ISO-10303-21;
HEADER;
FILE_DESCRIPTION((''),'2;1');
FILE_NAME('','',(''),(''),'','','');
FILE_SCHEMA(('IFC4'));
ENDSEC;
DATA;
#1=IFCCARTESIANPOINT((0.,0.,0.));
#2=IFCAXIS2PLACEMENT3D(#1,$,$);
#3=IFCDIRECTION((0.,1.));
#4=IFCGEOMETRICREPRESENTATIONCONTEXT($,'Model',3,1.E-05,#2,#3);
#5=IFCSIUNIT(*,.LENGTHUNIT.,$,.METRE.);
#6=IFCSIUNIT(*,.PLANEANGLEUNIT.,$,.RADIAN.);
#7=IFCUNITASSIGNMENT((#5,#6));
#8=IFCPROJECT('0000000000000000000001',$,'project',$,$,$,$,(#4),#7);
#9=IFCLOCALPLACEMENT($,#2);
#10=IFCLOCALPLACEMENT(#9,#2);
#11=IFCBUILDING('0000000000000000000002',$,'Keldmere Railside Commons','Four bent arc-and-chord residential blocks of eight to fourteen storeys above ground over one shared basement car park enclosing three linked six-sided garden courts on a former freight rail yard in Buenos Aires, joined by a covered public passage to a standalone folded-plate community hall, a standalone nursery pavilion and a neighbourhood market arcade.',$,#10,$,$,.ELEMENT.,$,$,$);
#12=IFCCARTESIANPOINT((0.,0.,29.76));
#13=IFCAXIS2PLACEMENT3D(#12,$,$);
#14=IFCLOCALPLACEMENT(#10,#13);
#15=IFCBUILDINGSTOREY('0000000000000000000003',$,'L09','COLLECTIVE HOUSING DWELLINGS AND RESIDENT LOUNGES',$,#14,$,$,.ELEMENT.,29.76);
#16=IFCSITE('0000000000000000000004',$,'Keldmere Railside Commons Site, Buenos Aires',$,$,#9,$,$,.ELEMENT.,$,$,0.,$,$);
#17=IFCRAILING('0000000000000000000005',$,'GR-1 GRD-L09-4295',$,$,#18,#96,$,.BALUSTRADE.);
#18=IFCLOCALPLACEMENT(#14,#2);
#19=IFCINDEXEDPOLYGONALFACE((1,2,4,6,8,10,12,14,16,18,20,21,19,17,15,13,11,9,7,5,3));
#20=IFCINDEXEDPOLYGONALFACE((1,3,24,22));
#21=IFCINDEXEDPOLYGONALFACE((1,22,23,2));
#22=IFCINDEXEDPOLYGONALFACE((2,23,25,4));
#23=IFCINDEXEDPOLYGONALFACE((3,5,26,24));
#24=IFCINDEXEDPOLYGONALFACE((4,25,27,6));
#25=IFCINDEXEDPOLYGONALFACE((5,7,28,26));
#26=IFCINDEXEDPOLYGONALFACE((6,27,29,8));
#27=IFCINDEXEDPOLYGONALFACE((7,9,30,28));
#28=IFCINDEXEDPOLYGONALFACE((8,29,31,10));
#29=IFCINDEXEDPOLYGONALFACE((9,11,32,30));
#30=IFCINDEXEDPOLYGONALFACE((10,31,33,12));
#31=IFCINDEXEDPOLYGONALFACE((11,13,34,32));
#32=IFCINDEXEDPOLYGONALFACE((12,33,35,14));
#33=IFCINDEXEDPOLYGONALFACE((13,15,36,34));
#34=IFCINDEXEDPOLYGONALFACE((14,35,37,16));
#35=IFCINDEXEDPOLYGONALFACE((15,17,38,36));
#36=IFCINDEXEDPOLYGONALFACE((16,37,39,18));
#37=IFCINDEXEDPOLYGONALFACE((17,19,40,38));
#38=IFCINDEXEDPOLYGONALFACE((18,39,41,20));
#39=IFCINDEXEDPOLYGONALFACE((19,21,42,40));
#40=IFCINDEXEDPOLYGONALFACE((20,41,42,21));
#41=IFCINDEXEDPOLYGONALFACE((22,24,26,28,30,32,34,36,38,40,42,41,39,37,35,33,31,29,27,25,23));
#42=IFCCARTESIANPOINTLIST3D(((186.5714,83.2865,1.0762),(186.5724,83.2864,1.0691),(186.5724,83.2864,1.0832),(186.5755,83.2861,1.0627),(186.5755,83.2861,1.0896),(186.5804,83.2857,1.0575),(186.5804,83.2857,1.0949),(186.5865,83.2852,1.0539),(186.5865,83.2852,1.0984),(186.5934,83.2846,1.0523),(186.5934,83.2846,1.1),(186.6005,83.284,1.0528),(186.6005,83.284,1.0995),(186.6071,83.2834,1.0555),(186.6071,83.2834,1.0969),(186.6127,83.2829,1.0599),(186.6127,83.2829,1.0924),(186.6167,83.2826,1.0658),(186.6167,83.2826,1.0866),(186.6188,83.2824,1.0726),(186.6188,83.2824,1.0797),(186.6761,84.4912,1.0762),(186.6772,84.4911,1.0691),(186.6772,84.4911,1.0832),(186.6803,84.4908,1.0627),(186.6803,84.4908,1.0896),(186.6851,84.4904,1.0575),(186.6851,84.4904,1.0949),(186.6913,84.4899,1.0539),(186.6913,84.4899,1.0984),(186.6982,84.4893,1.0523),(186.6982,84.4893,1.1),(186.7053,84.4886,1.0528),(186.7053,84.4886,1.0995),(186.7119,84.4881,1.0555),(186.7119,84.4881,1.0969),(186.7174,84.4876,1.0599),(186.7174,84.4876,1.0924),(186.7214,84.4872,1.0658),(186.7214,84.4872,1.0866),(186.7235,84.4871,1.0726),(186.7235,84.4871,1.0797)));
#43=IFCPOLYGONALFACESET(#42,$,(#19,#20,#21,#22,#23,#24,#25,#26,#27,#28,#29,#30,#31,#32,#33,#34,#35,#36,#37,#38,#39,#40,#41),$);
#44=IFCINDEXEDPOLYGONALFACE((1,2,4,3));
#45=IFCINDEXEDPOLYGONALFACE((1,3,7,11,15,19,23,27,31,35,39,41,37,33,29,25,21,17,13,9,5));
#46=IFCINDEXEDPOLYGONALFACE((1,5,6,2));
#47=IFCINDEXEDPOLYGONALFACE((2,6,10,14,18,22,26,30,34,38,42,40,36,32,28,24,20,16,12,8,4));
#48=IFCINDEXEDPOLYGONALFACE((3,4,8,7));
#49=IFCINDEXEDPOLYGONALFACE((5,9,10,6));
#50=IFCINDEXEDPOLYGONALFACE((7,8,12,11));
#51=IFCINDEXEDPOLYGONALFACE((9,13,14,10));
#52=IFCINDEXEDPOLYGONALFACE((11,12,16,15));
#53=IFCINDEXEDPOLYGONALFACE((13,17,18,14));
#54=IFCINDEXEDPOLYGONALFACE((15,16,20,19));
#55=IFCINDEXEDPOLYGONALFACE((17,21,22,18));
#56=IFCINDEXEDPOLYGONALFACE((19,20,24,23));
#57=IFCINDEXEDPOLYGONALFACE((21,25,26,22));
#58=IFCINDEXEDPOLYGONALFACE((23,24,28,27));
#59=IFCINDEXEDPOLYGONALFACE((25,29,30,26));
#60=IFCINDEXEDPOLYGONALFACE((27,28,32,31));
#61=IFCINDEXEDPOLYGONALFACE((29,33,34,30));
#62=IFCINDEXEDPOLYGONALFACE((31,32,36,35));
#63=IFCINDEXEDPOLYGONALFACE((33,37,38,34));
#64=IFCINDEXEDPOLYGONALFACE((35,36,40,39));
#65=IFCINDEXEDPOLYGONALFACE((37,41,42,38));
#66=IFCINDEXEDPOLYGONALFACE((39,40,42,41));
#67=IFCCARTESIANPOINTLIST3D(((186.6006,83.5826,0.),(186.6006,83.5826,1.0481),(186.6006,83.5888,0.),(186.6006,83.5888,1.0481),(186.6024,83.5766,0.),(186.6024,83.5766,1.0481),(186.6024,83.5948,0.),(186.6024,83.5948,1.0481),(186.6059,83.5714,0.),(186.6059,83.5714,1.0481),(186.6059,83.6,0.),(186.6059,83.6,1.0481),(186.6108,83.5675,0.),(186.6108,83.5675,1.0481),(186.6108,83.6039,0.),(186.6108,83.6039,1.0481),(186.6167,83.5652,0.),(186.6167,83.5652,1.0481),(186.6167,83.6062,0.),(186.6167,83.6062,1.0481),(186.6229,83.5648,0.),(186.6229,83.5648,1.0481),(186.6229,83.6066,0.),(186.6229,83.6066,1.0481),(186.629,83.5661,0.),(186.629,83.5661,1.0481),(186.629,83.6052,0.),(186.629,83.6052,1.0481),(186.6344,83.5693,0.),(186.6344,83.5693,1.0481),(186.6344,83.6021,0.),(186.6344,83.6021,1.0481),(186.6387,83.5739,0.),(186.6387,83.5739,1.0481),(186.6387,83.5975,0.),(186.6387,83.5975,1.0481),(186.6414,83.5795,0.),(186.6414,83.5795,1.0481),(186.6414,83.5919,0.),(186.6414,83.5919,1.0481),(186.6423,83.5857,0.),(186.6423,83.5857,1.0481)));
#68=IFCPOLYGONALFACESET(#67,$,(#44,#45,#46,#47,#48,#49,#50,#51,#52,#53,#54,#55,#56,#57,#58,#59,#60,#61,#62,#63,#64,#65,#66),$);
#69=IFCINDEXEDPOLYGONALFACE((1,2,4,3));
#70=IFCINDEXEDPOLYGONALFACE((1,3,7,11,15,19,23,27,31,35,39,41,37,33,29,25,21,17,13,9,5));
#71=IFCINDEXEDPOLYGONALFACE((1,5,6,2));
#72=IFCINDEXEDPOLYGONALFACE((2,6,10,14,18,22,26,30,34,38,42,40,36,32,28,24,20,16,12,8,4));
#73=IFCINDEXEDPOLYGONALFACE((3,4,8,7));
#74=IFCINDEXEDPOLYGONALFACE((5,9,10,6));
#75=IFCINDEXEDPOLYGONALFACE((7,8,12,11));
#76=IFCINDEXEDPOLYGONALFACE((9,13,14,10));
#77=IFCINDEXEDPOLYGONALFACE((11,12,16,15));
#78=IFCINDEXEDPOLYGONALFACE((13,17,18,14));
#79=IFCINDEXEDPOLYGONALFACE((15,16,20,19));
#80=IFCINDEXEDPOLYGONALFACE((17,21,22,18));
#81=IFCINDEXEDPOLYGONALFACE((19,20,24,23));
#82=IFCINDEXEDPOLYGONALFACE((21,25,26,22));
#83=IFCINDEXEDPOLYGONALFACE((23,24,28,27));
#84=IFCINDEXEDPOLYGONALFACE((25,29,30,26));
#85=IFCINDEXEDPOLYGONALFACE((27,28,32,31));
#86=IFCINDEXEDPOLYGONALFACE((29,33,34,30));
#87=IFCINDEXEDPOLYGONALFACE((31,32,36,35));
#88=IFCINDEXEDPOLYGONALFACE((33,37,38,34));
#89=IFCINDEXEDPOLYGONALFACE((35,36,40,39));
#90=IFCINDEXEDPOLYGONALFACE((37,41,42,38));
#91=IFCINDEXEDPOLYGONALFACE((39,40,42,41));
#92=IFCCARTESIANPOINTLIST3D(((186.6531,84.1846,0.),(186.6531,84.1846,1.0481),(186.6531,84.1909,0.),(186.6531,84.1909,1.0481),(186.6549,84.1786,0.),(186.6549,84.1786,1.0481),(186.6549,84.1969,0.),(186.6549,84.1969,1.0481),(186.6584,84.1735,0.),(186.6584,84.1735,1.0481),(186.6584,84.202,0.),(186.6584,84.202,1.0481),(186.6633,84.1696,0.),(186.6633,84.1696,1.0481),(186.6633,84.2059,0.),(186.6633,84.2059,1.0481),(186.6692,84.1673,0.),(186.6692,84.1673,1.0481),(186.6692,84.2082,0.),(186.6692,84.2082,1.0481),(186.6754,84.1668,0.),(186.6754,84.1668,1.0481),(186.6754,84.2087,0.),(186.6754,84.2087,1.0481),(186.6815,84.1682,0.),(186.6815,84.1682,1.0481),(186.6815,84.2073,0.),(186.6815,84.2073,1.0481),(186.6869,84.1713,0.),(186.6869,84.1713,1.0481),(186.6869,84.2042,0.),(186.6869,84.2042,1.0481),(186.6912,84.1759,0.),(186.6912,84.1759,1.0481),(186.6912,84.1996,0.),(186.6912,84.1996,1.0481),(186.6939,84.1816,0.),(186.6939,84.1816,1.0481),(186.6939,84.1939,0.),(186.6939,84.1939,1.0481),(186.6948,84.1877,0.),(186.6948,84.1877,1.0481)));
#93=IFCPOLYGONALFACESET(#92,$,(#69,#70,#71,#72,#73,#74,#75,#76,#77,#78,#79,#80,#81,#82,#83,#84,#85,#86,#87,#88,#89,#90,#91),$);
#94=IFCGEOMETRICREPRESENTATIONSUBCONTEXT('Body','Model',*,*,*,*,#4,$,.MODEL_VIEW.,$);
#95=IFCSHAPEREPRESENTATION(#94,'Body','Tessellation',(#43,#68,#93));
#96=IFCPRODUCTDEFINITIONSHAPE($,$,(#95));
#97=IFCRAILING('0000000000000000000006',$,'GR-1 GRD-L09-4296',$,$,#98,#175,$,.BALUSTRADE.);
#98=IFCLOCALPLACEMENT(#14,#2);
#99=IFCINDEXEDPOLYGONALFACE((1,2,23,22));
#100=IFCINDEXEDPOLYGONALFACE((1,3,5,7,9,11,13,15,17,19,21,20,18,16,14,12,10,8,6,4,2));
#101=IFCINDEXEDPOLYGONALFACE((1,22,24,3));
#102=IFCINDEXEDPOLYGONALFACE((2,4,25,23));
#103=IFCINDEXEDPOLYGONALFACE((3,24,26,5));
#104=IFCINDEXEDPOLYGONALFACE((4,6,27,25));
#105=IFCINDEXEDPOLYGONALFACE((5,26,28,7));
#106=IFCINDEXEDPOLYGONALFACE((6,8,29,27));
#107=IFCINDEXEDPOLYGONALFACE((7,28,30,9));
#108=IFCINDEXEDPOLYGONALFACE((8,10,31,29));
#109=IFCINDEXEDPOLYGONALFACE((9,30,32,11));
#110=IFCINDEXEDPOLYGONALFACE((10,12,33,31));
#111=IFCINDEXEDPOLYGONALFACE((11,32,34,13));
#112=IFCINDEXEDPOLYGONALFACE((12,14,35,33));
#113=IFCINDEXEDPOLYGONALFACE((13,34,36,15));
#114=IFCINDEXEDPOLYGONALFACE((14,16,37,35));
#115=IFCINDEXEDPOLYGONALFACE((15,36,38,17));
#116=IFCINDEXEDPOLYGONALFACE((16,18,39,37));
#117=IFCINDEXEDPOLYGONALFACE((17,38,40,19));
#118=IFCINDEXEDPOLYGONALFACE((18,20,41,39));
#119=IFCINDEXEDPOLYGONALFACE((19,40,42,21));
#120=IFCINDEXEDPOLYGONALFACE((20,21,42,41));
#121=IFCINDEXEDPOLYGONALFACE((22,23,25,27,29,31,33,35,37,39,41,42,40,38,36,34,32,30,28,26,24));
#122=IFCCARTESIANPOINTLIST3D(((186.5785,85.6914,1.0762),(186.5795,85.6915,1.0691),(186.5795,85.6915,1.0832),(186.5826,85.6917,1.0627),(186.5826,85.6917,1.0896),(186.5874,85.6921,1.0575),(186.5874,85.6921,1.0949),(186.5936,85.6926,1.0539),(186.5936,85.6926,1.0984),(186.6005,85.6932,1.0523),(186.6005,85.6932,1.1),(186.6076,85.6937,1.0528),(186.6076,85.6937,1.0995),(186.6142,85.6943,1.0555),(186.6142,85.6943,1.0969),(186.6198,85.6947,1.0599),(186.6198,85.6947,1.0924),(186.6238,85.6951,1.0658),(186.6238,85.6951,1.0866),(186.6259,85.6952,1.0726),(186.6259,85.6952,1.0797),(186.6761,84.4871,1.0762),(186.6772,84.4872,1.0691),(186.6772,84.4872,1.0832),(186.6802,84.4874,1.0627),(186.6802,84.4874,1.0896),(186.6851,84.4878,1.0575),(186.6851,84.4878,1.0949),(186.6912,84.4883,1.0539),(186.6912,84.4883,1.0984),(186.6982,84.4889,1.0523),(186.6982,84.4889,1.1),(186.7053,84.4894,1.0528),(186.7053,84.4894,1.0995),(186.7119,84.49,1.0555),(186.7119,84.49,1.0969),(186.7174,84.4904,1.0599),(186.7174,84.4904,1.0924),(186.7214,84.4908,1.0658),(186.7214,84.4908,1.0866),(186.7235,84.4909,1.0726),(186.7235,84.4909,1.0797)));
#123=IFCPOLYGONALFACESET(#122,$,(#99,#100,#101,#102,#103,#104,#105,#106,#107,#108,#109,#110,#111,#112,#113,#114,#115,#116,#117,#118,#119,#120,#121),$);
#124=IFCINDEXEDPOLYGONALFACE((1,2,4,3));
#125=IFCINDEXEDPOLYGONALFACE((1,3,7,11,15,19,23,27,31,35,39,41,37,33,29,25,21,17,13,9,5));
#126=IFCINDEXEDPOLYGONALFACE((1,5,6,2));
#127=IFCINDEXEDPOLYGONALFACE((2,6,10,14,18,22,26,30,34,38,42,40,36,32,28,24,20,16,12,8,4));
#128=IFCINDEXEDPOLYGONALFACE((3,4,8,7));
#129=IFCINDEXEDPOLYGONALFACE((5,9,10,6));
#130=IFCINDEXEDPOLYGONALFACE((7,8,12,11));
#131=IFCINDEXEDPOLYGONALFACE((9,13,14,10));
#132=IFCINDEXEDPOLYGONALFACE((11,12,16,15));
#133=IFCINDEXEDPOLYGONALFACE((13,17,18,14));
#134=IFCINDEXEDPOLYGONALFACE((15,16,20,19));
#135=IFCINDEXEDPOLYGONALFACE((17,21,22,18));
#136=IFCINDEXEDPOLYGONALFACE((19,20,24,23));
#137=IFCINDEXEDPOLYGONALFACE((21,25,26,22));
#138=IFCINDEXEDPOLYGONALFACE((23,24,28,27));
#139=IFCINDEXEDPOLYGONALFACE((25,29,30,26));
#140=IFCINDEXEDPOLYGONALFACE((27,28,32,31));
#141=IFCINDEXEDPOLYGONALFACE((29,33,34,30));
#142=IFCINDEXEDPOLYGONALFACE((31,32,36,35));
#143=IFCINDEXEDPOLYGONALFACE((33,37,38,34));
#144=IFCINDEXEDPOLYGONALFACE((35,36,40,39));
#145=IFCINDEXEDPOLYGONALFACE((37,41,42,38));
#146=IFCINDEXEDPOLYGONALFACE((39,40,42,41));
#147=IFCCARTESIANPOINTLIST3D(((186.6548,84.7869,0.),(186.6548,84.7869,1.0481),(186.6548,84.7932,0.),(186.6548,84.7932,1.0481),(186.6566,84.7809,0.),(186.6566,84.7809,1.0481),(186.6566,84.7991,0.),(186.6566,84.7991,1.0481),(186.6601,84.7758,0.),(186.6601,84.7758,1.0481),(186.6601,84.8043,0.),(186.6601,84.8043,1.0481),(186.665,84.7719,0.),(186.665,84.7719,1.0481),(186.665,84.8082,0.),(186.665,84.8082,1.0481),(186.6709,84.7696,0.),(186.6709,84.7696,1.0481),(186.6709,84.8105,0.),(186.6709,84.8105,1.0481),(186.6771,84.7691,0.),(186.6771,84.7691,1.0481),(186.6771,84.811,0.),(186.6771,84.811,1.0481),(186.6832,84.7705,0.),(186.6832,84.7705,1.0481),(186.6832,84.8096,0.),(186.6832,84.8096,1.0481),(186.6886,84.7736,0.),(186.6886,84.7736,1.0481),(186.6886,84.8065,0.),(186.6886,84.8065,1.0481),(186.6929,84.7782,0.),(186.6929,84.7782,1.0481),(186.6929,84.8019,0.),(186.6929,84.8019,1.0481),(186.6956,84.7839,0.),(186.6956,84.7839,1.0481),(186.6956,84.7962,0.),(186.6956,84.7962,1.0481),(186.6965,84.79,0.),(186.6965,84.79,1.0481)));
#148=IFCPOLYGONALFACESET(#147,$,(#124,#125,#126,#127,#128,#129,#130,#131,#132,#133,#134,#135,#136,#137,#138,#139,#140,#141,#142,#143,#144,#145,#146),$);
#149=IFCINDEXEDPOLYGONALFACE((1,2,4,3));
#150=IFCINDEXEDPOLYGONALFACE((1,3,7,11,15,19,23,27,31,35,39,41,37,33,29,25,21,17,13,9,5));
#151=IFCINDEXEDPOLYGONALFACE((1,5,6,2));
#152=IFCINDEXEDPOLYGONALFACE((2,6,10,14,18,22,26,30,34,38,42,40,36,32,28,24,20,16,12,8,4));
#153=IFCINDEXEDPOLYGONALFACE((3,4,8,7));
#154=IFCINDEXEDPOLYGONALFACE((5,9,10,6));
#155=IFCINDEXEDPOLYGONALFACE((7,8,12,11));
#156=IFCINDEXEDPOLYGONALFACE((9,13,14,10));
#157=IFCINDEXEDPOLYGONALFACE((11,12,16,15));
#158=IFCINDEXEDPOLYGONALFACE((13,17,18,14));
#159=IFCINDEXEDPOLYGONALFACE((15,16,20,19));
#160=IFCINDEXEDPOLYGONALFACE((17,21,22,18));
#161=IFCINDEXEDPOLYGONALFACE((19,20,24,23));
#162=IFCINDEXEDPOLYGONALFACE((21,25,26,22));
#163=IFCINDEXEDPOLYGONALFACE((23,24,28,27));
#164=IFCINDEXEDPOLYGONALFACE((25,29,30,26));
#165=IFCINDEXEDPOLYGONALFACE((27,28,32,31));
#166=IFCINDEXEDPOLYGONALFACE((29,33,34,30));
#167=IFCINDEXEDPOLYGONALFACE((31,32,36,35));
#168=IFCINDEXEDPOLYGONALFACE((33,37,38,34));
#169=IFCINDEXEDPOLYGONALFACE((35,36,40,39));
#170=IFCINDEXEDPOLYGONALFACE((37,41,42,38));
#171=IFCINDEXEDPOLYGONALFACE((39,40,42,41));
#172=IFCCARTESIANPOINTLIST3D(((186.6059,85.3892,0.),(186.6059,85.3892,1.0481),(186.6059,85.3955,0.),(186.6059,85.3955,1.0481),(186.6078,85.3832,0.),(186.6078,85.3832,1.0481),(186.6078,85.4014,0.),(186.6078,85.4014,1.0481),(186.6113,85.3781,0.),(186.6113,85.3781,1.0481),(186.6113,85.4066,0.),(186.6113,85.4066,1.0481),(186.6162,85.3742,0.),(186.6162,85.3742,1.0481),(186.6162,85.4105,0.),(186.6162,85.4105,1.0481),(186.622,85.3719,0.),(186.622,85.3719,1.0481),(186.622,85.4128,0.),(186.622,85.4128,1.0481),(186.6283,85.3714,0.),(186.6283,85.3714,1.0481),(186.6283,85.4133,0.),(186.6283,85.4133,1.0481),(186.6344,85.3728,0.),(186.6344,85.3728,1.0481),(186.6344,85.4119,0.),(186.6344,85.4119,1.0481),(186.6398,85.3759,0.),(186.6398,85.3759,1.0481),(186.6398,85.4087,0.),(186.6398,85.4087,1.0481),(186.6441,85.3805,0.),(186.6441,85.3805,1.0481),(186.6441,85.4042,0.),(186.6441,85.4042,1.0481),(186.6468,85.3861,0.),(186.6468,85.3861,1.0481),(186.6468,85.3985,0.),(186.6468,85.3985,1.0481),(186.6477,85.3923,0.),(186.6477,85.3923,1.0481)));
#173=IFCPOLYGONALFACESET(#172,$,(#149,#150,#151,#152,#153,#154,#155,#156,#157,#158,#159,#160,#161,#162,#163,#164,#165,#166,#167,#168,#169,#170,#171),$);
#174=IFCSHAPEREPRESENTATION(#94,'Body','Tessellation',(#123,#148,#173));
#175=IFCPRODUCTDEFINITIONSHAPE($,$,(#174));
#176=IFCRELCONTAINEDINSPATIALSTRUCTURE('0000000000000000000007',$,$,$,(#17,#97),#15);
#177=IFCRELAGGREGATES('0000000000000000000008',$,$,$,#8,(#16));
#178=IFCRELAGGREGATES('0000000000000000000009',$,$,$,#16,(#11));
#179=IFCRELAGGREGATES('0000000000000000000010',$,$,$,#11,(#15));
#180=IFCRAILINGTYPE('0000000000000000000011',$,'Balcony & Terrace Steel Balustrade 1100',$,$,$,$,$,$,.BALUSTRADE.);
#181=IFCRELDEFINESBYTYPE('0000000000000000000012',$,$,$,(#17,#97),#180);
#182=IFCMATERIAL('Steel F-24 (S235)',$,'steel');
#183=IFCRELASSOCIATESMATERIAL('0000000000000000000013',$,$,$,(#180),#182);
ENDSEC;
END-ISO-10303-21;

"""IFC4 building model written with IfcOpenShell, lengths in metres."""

from ifc_helpers import new_model, si_unit, direction, frame, origin, origin_2d, place, context, subcontext, project, spatial, circle, extrude, material, type_object, element, save


model = new_model("IFC4")

# Units and contexts
model_context = context("Model", 3, precision=1e-05, world=origin(), true_north=direction((0.0, 1.0)))
body_context = subcontext(model_context, "Body", "Model", "MODEL_VIEW")
ifc_project = project(units=[si_unit("LENGTHUNIT", "METRE"), si_unit("PLANEANGLEUNIT", "RADIAN")], contexts=[model_context])

# Site, building, storey
site_placement = place(None, origin())
site = spatial("IfcSite", under=ifc_project, at=site_placement, Name="Keldmere Railside Commons Site, Buenos Aires", CompositionType="ELEMENT", RefElevation=0.0)
building_placement = place(site_placement, origin())
building = spatial("IfcBuilding", under=site, at=building_placement, Name="Keldmere Railside Commons", Description="Four bent arc-and-chord residential blocks of eight to fourteen storeys above ground over one shared basement car park enclosing three linked six-sided garden courts on a former freight rail yard in Buenos Aires, joined by a covered public passage to a standalone folded-plate community hall, a standalone nursery pavilion and a neighbourhood market arcade.", CompositionType="ELEMENT")
storey_placement = place(building_placement, frame((0.0, 0.0, 29.76)))
storey = spatial("IfcBuildingStorey", under=building, at=storey_placement, Name="L09", Description="COLLECTIVE HOUSING DWELLINGS AND RESIDENT LOUNGES", CompositionType="ELEMENT", Elevation=29.76)

# Railings
ifc_material_1 = material(Name="Steel F-24 (S235)", Category="steel")
railing_type = type_object("IfcRailingType", Name="Balcony & Terrace Steel Balustrade 1100", PredefinedType="BALUSTRADE", material=ifc_material_1)
railing_1_placement = place(storey_placement, frame((186.5952, 83.2844, 0.0)))
element("IfcRailing", 1, at=railing_1_placement, inside=storey, type_object=railing_type, Name="GR-1 GRD-L09-4295", PredefinedType="BALUSTRADE", context=body_context, shape_type="SweptSolid", body=[
    extrude(circle(Radius=0.0239, at=origin_2d()), frame((0.0, 0.0, 1.0762), z_axis=(0.086621, 0.996241, 0.0), x_axis=(-0.996241, 0.086621, 0.0)), (0.0, 0.0, 1.0), 1.2092),
    extrude(circle(Radius=0.021, at=origin_2d()), frame((0.0261, 0.3013, 0.0)), (0.0, 0.0, 1.0), 1.0481),
    extrude(circle(Radius=0.021, at=origin_2d()), frame((0.0786, 0.9033, 0.0)), (0.0, 0.0, 1.0), 1.0481),
])
railing_2_placement = place(storey_placement, frame((186.7, 84.489, 0.0)))
element("IfcRailing", 2, at=railing_2_placement, inside=storey, type_object=railing_type, Name="GR-1 GRD-L09-4296", PredefinedType="BALUSTRADE", context=body_context, shape_type="SweptSolid", body=[
    extrude(circle(Radius=0.0239, at=origin_2d()), frame((0.0, 0.0, 1.0762), z_axis=(-0.080821, 0.996729, 0.0), x_axis=(-0.996729, -0.080821, 0.0)), (0.0, 0.0, 1.0), 1.2083),
    extrude(circle(Radius=0.021, at=origin_2d()), frame((-0.0244, 0.301, 0.0)), (0.0, 0.0, 1.0), 1.0481),
    extrude(circle(Radius=0.021, at=origin_2d()), frame((-0.0732, 0.9033, 0.0)), (0.0, 0.0, 1.0), 1.0481),
])

save(model, "model.ifc")
